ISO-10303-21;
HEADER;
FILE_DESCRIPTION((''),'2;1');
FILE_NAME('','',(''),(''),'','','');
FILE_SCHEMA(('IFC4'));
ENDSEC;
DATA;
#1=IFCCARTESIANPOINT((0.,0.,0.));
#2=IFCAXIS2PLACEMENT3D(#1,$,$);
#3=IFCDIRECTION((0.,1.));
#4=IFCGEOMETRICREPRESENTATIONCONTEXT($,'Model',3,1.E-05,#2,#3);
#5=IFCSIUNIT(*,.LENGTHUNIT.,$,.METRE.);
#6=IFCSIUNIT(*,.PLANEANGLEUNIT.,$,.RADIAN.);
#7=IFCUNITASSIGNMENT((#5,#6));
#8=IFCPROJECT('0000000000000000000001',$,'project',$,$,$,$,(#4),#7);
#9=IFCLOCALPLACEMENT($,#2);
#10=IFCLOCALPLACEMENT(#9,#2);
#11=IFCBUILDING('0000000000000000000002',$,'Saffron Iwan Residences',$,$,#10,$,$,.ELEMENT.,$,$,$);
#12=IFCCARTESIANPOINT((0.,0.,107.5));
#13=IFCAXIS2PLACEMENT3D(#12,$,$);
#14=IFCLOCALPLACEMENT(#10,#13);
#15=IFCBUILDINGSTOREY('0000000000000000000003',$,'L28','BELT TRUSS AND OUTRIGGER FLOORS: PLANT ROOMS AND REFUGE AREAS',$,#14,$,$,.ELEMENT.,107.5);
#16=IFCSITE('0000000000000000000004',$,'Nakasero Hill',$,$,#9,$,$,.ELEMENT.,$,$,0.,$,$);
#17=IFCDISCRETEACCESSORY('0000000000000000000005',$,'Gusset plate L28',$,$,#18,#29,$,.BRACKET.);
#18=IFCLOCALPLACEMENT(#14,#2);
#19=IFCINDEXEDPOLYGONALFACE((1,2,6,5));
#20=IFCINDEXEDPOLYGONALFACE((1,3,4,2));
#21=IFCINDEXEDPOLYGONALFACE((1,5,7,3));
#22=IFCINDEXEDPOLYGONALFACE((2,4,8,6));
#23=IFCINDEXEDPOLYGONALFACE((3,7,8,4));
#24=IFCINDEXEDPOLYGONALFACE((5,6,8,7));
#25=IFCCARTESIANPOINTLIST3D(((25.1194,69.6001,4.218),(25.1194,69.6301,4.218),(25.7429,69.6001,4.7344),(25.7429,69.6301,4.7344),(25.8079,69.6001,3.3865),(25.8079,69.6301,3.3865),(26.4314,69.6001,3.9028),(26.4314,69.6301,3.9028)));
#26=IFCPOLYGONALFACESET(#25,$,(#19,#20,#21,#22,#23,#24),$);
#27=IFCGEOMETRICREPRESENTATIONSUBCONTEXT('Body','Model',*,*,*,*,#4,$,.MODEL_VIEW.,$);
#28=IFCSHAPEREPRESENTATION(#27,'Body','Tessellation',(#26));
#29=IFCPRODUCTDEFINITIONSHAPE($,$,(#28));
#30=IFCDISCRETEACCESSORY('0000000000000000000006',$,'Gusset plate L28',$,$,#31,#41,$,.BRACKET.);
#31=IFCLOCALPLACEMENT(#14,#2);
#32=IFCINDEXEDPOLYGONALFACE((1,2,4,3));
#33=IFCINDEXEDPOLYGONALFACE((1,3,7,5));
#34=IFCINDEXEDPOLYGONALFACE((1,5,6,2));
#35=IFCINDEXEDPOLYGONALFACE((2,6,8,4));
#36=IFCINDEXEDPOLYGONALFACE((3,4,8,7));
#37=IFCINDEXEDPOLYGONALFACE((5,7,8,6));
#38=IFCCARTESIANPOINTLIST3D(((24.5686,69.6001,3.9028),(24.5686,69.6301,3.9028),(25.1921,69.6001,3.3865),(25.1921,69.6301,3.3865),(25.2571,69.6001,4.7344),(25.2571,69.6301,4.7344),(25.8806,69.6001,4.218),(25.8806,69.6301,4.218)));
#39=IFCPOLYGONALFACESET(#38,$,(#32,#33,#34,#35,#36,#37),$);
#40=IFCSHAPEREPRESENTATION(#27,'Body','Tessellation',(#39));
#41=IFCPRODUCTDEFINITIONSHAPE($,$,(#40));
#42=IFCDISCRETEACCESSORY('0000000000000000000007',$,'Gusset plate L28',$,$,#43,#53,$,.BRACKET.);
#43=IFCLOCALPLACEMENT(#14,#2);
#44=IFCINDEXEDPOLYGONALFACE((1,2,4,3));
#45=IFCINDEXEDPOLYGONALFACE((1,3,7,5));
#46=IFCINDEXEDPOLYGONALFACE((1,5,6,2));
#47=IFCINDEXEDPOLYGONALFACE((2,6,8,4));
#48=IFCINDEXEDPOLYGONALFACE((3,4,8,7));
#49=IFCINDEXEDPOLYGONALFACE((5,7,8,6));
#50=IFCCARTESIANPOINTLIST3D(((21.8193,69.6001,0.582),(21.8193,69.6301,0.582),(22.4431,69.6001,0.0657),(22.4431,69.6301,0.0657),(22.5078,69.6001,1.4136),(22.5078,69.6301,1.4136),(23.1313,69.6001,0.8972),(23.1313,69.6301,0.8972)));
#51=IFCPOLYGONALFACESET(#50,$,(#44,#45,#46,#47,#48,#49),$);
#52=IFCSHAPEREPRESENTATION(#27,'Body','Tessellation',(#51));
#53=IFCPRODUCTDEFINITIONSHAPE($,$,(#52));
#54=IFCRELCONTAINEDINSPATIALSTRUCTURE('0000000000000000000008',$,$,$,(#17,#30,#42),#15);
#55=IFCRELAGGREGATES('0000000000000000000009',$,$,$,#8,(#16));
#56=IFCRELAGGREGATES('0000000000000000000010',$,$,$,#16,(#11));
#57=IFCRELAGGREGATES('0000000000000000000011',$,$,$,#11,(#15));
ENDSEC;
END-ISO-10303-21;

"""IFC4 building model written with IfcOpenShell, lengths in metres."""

from ifc_helpers import new_model, si_unit, direction, frame, origin, place, context, subcontext, project, spatial, polyline, outline, extrude, element, save


model = new_model("IFC4")

# Units and contexts
model_context = context("Model", 3, precision=1e-05, world=origin(), true_north=direction((0.0, 1.0)))
body_context = subcontext(model_context, "Body", "Model", "MODEL_VIEW")
ifc_project = project(units=[si_unit("LENGTHUNIT", "METRE"), si_unit("PLANEANGLEUNIT", "RADIAN")], contexts=[model_context])

# Site, building, storey
site_placement = place(None, origin())
site = spatial("IfcSite", under=ifc_project, at=site_placement, Name="Nakasero Hill", CompositionType="ELEMENT", RefElevation=0.0)
building_placement = place(site_placement, origin())
building = spatial("IfcBuilding", under=site, at=building_placement, Name="Saffron Iwan Residences", CompositionType="ELEMENT")
storey_placement = place(building_placement, frame((0.0, 0.0, 107.5)))
storey = spatial("IfcBuildingStorey", under=building, at=storey_placement, Name="L28", Description="BELT TRUSS AND OUTRIGGER FLOORS: PLANT ROOMS AND REFUGE AREAS", CompositionType="ELEMENT", Elevation=107.5)

# Discrete accessories
discrete_accessory_1_placement = place(storey_placement, frame((25.1194, 69.6001, 4.218), z_axis=(0.0, -1.0, 0.0), x_axis=(0.637734, 0.0, -0.770256)))
element("IfcDiscreteAccessory", 1, at=discrete_accessory_1_placement, inside=storey, Name="Gusset plate L28", PredefinedType="BRACKET", context=body_context, shape_type="SweptSolid", body=[
    extrude(outline(polyline([(0.0, 0.0), (1.0796, 0.0), (1.0795, 0.8096), (-0.0001, 0.8096), (0.0, 0.0)])), origin(), (0.0, 0.0, -1.0), 0.03),
])
discrete_accessory_2_placement = place(storey_placement, frame((25.2571, 69.6001, 4.7344), z_axis=(0.0, -1.0, 0.0), x_axis=(-0.637734, 0.0, -0.770256)))
element("IfcDiscreteAccessory", 2, at=discrete_accessory_2_placement, inside=storey, Name="Gusset plate L28", PredefinedType="BRACKET", context=body_context, shape_type="SweptSolid", body=[
    extrude(outline(polyline([(0.0, 0.0), (1.0796, 0.0), (1.0796, 0.8096), (0.0001, 0.8096), (0.0, 0.0)])), origin(), (0.0, 0.0, -1.0), 0.03),
])
discrete_accessory_3_placement = place(storey_placement, frame((22.4431, 69.6001, 0.0657), z_axis=(0.0, -1.0, 0.0), x_axis=(0.6376, 0.0, 0.770368)))
element("IfcDiscreteAccessory", 3, at=discrete_accessory_3_placement, inside=storey, Name="Gusset plate L28", PredefinedType="BRACKET", context=body_context, shape_type="SweptSolid", body=[
    extrude(outline(polyline([(0.0, 0.0), (1.0794, 0.0), (1.0796, 0.8096), (0.0001, 0.8098), (0.0, 0.0)])), origin(), (0.0, 0.0, -1.0), 0.03),
])

save(model, "model.ifc")
